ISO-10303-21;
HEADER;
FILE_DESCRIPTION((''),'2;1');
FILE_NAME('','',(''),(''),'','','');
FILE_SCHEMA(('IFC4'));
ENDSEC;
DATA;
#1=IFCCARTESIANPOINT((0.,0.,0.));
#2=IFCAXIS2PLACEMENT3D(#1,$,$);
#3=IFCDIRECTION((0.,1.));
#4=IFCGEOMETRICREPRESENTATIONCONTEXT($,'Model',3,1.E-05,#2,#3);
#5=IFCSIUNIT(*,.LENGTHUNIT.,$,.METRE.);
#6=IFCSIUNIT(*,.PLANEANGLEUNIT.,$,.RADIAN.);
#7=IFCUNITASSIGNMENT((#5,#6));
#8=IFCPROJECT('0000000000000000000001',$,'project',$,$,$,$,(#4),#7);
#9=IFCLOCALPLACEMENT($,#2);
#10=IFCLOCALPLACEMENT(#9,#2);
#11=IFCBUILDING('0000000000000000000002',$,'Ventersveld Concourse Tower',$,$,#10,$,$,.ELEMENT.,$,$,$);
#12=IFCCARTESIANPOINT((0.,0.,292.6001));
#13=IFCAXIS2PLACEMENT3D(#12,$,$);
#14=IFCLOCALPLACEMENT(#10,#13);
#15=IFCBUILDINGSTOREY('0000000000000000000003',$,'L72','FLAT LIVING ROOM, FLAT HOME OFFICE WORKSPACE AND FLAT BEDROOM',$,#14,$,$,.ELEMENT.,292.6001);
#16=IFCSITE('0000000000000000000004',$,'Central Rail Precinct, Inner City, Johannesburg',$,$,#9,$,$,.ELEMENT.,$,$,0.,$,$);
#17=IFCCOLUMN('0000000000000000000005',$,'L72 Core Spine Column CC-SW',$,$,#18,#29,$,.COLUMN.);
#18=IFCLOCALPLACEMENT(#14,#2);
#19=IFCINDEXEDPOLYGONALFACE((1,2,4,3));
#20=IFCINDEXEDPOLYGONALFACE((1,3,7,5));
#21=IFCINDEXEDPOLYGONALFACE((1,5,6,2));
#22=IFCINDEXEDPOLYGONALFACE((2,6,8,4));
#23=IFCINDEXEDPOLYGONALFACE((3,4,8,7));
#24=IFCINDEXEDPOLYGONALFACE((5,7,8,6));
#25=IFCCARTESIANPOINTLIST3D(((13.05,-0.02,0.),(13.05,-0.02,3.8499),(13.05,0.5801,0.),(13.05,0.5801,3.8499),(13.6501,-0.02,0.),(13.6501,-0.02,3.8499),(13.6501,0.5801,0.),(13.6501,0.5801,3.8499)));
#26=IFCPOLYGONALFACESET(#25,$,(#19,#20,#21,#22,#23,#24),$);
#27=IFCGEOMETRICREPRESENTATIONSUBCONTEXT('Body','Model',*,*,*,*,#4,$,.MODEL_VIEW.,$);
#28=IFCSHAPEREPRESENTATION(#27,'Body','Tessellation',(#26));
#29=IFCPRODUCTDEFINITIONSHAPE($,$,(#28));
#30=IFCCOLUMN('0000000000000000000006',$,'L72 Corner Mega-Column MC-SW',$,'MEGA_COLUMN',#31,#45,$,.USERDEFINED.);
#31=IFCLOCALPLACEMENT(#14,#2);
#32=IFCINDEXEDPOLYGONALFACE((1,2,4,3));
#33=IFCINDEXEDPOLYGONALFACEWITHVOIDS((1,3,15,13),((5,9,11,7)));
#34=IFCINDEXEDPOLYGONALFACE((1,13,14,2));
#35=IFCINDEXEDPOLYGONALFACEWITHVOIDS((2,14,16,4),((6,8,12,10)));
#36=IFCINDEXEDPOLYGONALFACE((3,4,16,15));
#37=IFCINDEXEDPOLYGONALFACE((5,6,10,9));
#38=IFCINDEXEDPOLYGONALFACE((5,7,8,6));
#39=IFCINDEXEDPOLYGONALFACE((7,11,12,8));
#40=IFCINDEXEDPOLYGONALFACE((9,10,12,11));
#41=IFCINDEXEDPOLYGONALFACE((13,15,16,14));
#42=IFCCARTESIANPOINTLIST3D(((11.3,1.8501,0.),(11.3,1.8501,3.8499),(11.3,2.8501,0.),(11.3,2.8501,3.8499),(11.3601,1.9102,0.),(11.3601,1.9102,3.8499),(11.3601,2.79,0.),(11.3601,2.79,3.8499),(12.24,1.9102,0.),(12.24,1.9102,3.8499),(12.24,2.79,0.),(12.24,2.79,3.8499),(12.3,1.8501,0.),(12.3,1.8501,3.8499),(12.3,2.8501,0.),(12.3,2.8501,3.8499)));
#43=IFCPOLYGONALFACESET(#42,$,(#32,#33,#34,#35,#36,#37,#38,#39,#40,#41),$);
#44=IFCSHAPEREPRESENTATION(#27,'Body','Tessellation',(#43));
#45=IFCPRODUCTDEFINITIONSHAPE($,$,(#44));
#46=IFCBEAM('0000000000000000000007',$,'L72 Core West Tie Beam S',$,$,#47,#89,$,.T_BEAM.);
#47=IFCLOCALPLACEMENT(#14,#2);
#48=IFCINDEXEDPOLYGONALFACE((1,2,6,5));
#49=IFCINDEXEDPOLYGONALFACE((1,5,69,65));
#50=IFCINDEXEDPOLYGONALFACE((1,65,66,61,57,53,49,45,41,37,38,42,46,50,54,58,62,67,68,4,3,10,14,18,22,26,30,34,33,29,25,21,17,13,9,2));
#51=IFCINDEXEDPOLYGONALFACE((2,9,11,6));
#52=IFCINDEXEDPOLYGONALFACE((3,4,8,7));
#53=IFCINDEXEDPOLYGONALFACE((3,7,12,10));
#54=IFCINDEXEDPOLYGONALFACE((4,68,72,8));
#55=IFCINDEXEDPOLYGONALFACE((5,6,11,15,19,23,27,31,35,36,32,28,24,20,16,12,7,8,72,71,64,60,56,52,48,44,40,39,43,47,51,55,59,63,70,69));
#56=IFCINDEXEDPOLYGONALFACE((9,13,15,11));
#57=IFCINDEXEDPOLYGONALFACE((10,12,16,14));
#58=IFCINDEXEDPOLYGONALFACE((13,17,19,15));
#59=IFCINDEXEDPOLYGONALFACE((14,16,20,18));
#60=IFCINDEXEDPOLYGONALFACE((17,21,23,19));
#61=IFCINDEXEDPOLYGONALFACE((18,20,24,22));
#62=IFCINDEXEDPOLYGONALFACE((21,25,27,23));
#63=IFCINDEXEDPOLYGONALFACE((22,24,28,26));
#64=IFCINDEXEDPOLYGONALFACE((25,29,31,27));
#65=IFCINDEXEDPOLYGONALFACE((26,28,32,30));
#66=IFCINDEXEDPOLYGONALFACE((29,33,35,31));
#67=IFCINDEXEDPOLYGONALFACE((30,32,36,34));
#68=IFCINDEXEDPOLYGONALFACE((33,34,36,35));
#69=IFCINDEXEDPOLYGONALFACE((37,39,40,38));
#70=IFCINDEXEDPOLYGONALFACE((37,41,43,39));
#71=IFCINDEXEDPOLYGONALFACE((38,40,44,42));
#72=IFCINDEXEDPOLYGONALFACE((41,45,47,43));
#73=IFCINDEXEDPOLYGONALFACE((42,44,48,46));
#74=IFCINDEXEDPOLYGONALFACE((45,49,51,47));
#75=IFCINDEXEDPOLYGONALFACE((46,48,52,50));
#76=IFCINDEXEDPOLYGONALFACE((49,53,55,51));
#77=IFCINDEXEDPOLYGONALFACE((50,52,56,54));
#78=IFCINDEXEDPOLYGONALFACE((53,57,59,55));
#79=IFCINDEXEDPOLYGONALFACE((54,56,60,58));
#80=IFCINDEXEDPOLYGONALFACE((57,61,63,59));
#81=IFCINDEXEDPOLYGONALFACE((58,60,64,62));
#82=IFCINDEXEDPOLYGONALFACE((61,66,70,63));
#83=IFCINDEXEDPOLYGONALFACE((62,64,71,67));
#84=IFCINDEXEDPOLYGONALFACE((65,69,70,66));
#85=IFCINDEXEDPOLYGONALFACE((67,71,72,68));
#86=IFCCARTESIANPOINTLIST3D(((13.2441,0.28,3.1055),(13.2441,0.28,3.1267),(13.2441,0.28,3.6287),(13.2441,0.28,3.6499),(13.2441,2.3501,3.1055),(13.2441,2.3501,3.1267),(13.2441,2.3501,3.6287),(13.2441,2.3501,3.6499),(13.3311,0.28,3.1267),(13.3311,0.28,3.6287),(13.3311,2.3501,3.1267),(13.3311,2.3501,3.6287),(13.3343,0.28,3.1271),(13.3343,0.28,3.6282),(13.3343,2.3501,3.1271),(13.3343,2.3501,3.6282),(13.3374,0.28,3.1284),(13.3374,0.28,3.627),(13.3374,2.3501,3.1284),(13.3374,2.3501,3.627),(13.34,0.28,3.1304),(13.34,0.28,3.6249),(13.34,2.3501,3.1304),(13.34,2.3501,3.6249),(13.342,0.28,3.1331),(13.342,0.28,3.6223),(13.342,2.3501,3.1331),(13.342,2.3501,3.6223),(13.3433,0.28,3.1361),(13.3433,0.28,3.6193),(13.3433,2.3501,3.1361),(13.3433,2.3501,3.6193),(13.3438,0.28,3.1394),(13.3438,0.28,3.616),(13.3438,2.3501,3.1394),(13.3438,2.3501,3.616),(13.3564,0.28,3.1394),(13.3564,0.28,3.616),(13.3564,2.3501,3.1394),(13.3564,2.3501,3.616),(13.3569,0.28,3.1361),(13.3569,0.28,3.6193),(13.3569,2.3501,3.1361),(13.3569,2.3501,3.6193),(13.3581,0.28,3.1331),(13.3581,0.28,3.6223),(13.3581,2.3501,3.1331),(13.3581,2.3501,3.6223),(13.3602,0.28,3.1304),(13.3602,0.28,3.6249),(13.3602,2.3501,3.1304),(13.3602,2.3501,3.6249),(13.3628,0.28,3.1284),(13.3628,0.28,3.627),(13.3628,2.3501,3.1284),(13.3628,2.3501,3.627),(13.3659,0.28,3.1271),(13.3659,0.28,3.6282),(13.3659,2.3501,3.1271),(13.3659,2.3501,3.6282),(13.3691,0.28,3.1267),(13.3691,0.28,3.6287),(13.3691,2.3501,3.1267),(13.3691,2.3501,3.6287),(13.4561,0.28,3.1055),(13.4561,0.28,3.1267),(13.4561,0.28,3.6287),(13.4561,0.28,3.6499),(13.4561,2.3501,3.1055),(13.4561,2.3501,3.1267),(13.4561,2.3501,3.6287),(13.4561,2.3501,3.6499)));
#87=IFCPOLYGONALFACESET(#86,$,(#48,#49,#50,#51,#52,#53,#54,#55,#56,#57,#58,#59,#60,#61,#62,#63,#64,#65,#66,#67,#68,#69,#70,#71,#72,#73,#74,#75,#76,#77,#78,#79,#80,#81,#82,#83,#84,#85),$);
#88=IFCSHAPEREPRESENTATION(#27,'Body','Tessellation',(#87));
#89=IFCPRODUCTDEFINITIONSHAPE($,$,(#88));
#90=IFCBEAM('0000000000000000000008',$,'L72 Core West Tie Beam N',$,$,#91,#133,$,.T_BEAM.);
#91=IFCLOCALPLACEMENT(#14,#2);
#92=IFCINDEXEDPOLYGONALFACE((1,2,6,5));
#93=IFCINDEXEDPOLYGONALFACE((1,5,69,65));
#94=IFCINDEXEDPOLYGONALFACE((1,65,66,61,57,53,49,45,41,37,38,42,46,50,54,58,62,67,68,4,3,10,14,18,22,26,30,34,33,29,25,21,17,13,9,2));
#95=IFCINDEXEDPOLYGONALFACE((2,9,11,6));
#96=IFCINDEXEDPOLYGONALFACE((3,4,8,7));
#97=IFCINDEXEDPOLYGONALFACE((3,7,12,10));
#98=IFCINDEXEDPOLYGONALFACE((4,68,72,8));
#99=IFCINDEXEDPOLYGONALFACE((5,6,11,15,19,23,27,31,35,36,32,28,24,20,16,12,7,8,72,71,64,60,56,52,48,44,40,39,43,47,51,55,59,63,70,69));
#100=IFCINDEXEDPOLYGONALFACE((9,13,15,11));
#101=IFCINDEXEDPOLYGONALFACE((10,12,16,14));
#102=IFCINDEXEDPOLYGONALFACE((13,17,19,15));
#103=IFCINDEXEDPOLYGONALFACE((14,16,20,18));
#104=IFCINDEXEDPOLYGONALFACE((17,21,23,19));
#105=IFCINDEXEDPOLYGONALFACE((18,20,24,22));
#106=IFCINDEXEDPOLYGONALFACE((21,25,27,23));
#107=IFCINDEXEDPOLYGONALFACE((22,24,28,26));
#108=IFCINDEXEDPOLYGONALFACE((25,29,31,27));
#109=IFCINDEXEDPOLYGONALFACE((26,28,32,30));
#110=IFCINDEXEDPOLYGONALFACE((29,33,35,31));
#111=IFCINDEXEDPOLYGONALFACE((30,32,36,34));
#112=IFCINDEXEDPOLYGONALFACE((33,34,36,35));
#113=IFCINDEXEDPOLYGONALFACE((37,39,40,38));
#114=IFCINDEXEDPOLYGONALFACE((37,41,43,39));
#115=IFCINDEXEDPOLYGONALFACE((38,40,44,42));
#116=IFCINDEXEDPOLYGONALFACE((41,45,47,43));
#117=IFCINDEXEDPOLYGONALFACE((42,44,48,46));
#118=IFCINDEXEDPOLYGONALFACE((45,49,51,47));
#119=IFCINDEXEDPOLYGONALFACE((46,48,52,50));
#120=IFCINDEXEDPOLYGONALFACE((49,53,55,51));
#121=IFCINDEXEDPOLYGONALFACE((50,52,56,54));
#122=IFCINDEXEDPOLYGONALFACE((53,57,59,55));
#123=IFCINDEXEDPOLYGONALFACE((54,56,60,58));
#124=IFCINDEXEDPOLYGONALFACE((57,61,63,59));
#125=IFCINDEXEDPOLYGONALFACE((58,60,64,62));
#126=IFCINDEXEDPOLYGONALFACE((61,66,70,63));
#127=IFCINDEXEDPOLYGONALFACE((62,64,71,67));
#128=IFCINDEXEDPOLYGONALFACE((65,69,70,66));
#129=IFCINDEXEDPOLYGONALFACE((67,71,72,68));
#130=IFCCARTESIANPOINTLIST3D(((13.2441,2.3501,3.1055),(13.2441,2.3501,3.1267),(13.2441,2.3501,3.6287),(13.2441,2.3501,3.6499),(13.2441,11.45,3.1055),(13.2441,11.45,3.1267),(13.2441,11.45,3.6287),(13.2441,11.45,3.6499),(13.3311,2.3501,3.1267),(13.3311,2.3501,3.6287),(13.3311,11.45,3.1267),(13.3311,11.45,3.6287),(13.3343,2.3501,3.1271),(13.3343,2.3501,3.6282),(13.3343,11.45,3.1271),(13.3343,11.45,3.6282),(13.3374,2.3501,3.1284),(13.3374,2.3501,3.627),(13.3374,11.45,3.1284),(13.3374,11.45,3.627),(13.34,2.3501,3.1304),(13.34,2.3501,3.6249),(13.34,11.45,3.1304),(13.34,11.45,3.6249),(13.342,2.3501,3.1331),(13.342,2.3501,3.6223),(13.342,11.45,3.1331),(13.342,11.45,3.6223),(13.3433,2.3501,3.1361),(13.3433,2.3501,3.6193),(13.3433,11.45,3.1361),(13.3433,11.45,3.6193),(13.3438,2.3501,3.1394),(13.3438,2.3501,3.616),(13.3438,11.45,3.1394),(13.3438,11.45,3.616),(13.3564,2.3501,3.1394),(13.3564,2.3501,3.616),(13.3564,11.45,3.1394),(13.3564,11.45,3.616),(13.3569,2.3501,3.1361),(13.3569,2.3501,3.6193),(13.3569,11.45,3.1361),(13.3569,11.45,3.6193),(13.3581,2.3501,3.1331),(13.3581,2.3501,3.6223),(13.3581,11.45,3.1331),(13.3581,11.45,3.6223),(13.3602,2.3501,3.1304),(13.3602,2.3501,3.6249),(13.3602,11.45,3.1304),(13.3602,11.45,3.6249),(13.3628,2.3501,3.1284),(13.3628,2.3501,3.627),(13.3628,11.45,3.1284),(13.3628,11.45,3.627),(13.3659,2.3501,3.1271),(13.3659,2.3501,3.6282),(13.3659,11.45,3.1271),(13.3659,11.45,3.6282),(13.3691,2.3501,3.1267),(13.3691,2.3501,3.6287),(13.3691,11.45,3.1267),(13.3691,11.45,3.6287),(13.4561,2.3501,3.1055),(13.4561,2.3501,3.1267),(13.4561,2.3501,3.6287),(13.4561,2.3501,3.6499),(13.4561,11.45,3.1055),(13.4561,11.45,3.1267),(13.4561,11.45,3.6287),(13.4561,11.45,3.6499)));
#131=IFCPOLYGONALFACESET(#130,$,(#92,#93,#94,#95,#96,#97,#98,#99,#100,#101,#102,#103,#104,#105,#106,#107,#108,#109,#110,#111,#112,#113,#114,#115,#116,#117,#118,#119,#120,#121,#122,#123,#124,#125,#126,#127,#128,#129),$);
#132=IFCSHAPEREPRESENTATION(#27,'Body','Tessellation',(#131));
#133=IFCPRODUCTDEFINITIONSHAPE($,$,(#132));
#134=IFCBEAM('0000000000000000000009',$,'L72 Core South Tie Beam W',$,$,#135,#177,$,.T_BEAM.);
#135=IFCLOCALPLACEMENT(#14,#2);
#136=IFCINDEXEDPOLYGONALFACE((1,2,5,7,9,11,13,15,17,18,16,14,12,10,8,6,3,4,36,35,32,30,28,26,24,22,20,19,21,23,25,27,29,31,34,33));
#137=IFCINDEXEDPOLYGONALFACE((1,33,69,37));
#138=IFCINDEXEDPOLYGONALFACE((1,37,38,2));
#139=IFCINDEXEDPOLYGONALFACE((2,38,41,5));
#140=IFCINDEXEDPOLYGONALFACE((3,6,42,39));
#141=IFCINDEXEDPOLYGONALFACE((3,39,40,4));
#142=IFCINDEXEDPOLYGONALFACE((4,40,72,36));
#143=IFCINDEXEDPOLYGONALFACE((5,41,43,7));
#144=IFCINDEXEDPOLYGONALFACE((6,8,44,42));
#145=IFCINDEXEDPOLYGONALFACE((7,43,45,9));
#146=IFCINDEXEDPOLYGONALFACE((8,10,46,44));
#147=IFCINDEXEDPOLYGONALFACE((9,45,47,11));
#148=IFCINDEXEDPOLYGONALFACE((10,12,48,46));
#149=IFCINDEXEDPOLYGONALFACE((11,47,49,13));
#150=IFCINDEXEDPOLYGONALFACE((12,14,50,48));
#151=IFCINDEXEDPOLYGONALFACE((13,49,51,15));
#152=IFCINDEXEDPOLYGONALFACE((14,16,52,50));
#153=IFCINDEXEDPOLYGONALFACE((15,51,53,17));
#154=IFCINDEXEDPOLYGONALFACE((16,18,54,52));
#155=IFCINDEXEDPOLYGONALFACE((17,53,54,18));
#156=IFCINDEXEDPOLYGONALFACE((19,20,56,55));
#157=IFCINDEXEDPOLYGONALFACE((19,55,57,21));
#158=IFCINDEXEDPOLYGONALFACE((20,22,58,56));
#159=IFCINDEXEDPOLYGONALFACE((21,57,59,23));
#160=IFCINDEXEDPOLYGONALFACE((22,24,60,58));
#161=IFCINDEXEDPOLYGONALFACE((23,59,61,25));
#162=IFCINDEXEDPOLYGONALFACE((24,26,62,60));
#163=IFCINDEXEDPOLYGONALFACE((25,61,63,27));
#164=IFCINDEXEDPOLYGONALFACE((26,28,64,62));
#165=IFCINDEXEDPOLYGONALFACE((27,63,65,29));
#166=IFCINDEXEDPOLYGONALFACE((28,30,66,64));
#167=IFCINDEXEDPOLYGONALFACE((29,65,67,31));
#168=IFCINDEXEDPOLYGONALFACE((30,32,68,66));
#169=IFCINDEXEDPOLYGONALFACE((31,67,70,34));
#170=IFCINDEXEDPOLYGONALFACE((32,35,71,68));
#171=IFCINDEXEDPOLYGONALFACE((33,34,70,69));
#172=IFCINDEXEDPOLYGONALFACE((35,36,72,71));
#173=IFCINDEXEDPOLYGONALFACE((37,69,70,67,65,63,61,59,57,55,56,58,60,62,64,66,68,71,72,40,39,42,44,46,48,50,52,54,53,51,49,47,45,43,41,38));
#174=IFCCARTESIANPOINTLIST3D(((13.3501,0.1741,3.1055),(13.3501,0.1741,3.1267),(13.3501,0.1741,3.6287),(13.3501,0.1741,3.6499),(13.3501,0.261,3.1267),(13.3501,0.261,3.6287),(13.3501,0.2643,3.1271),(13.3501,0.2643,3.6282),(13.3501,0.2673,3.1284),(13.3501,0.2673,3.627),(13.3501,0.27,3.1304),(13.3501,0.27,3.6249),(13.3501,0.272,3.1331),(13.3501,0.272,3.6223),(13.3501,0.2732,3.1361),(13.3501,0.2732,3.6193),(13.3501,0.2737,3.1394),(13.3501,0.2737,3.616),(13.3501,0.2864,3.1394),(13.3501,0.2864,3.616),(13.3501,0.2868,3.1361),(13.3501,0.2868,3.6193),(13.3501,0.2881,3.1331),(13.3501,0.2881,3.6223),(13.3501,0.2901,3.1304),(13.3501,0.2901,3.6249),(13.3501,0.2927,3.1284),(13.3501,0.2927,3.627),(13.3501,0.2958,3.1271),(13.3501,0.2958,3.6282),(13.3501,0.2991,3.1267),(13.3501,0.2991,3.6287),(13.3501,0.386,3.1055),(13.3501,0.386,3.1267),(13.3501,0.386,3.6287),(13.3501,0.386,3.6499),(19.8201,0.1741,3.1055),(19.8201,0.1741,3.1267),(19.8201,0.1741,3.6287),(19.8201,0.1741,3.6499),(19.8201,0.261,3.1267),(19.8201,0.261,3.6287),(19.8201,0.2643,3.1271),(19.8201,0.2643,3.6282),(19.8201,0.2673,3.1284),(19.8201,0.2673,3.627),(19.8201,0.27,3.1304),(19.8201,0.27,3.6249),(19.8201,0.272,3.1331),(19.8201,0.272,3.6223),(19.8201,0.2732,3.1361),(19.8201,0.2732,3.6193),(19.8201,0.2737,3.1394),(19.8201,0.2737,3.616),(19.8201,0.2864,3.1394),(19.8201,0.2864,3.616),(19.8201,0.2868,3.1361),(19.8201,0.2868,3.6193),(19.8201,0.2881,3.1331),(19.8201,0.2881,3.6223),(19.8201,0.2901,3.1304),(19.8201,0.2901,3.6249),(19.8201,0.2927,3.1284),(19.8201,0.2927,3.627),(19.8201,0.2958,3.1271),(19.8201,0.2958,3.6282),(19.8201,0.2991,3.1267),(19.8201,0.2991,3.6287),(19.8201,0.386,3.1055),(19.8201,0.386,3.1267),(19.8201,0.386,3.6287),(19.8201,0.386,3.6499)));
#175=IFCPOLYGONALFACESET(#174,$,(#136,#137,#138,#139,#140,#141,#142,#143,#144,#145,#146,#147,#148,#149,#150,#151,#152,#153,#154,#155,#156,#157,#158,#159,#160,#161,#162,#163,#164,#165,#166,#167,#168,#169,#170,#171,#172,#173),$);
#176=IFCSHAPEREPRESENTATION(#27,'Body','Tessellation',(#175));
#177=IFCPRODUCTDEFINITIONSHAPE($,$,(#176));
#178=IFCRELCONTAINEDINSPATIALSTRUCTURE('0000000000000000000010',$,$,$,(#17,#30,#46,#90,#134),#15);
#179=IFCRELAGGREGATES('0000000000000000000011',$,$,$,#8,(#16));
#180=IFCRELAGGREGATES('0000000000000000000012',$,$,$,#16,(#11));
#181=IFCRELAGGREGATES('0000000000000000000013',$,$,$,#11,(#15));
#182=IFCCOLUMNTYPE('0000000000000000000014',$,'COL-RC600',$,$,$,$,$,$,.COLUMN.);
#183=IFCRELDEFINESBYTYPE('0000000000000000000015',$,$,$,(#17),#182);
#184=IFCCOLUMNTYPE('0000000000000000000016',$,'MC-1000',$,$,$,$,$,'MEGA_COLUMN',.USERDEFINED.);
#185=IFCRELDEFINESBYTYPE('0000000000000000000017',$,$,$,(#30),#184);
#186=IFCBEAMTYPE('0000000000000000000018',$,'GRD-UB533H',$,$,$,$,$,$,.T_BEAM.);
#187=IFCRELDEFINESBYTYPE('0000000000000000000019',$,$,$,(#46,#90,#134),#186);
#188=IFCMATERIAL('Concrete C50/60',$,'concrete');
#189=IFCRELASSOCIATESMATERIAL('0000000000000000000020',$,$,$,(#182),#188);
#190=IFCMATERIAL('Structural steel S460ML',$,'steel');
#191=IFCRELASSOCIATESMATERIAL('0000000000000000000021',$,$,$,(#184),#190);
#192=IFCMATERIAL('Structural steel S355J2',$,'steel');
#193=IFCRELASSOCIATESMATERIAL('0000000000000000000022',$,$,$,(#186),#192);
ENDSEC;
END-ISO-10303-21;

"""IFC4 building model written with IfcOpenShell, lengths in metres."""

from ifc_helpers import new_model, si_unit, direction, frame, origin, origin_2d, place, context, subcontext, project, spatial, rectangle, hollow_rectangle, i_section, extrude, material, material_profile, profile_set, type_object, element, save


model = new_model("IFC4")

# Units and contexts
model_context = context("Model", 3, precision=1e-05, world=origin(), true_north=direction((0.0, 1.0)))
body_context = subcontext(model_context, "Body", "Model", "MODEL_VIEW")
ifc_project = project(units=[si_unit("LENGTHUNIT", "METRE"), si_unit("PLANEANGLEUNIT", "RADIAN")], contexts=[model_context])

# Site, building, storey
site_placement = place(None, origin())
site = spatial("IfcSite", under=ifc_project, at=site_placement, Name="Central Rail Precinct, Inner City, Johannesburg", CompositionType="ELEMENT", RefElevation=0.0)
building_placement = place(site_placement, origin())
building = spatial("IfcBuilding", under=site, at=building_placement, Name="Ventersveld Concourse Tower", CompositionType="ELEMENT")
storey_placement = place(building_placement, frame((0.0, 0.0, 292.6001)))
storey = spatial("IfcBuildingStorey", under=building, at=storey_placement, Name="L72", Description="FLAT LIVING ROOM, FLAT HOME OFFICE WORKSPACE AND FLAT BEDROOM", CompositionType="ELEMENT", Elevation=292.6001)

# Columns
ifc_material_1 = material(Name="Concrete C50/60", Category="concrete")
ifc_material_profile_1 = material_profile(ifc_material_1, rectangle(XDim=0.6001, YDim=0.6001, at=origin_2d()), Name="RC 600x600")
ifc_profile_set_1 = profile_set([ifc_material_profile_1], Name="Concrete C50/60")
column_type_1 = type_object("IfcColumnType", Name="COL-RC600", PredefinedType="COLUMN", material=ifc_profile_set_1)
column_1_placement = place(storey_placement, frame((13.3501, 0.28, 0.0), z_axis=(0.0, 0.0, 1.0), x_axis=(1.0, 0.0, 0.0)))
element("IfcColumn", 1, at=column_1_placement, inside=storey, type_object=column_type_1, Name="L72 Core Spine Column CC-SW", PredefinedType="COLUMN", context=body_context, shape_type="SweptSolid", body=[
    extrude(rectangle(XDim=0.6001, YDim=0.6001, at=origin_2d()), origin(), (0.0, 0.0, 1.0), 3.8499),
])
ifc_material_2 = material(Name="Structural steel S460ML", Category="steel")
ifc_material_profile_2 = material_profile(ifc_material_2, hollow_rectangle(XDim=1.0, YDim=1.0, WallThickness=0.0601, at=origin_2d()), Name="BOX 1000x1000x60")
ifc_profile_set_2 = profile_set([ifc_material_profile_2], Name="Structural steel S460ML")
column_type_2 = type_object("IfcColumnType", Name="MC-1000", ElementType="MEGA_COLUMN", PredefinedType="USERDEFINED", material=ifc_profile_set_2)
column_2_placement = place(storey_placement, frame((11.8, 2.3501, 0.0), z_axis=(0.0, 0.0, 1.0), x_axis=(1.0, 0.0, 0.0)))
element("IfcColumn", 2, at=column_2_placement, inside=storey, type_object=column_type_2, Name="L72 Corner Mega-Column MC-SW", ObjectType="MEGA_COLUMN", PredefinedType="USERDEFINED", context=body_context, shape_type="SweptSolid", body=[
    extrude(hollow_rectangle(XDim=1.0, YDim=1.0, WallThickness=0.0601, at=origin_2d()), origin(), (0.0, 0.0, 1.0), 3.8499),
])

# Beams
ifc_material_3 = material(Name="Structural steel S355J2", Category="steel")
ifc_material_profile_3 = material_profile(ifc_material_3, i_section(OverallWidth=0.2119, OverallDepth=0.5444, WebThickness=0.0127, FlangeThickness=0.0212, FilletRadius=0.0127, at=origin_2d()), Name="UB 533x210x122")
ifc_profile_set_3 = profile_set([ifc_material_profile_3], Name="Structural steel S355J2")
beam_type_1 = type_object("IfcBeamType", Name="GRD-UB533H", PredefinedType="T_BEAM", material=ifc_profile_set_3)
beam_1_placement = place(storey_placement, frame((13.3501, 0.28, 3.3777), z_axis=(0.0, 1.0, 0.0), x_axis=(-1.0, 0.0, 0.0)))
element("IfcBeam", 3, at=beam_1_placement, inside=storey, type_object=beam_type_1, Name="L72 Core West Tie Beam S", PredefinedType="T_BEAM", context=body_context, shape_type="SweptSolid", body=[
    extrude(i_section(OverallWidth=0.2119, OverallDepth=0.5444, WebThickness=0.0127, FlangeThickness=0.0212, FilletRadius=0.0127, at=origin_2d()), origin(), (0.0, 0.0, 1.0), 2.0701),
])
beam_2_placement = place(storey_placement, frame((13.3501, 2.3501, 3.3777), z_axis=(0.0, 1.0, 0.0), x_axis=(-1.0, 0.0, 0.0)))
element("IfcBeam", 4, at=beam_2_placement, inside=storey, type_object=beam_type_1, Name="L72 Core West Tie Beam N", PredefinedType="T_BEAM", context=body_context, shape_type="SweptSolid", body=[
    extrude(i_section(OverallWidth=0.2119, OverallDepth=0.5444, WebThickness=0.0127, FlangeThickness=0.0212, FilletRadius=0.0127, at=origin_2d()), origin(), (0.0, 0.0, 1.0), 9.0999),
])
beam_3_placement = place(storey_placement, frame((13.3501, 0.28, 3.3777), z_axis=(1.0, 0.0, 0.0), x_axis=(0.0, 1.0, 0.0)))
element("IfcBeam", 5, at=beam_3_placement, inside=storey, type_object=beam_type_1, Name="L72 Core South Tie Beam W", PredefinedType="T_BEAM", context=body_context, shape_type="SweptSolid", body=[
    extrude(i_section(OverallWidth=0.2119, OverallDepth=0.5444, WebThickness=0.0127, FlangeThickness=0.0212, FilletRadius=0.0127, at=origin_2d()), origin(), (0.0, 0.0, 1.0), 6.47),
])

save(model, "model.ifc")
